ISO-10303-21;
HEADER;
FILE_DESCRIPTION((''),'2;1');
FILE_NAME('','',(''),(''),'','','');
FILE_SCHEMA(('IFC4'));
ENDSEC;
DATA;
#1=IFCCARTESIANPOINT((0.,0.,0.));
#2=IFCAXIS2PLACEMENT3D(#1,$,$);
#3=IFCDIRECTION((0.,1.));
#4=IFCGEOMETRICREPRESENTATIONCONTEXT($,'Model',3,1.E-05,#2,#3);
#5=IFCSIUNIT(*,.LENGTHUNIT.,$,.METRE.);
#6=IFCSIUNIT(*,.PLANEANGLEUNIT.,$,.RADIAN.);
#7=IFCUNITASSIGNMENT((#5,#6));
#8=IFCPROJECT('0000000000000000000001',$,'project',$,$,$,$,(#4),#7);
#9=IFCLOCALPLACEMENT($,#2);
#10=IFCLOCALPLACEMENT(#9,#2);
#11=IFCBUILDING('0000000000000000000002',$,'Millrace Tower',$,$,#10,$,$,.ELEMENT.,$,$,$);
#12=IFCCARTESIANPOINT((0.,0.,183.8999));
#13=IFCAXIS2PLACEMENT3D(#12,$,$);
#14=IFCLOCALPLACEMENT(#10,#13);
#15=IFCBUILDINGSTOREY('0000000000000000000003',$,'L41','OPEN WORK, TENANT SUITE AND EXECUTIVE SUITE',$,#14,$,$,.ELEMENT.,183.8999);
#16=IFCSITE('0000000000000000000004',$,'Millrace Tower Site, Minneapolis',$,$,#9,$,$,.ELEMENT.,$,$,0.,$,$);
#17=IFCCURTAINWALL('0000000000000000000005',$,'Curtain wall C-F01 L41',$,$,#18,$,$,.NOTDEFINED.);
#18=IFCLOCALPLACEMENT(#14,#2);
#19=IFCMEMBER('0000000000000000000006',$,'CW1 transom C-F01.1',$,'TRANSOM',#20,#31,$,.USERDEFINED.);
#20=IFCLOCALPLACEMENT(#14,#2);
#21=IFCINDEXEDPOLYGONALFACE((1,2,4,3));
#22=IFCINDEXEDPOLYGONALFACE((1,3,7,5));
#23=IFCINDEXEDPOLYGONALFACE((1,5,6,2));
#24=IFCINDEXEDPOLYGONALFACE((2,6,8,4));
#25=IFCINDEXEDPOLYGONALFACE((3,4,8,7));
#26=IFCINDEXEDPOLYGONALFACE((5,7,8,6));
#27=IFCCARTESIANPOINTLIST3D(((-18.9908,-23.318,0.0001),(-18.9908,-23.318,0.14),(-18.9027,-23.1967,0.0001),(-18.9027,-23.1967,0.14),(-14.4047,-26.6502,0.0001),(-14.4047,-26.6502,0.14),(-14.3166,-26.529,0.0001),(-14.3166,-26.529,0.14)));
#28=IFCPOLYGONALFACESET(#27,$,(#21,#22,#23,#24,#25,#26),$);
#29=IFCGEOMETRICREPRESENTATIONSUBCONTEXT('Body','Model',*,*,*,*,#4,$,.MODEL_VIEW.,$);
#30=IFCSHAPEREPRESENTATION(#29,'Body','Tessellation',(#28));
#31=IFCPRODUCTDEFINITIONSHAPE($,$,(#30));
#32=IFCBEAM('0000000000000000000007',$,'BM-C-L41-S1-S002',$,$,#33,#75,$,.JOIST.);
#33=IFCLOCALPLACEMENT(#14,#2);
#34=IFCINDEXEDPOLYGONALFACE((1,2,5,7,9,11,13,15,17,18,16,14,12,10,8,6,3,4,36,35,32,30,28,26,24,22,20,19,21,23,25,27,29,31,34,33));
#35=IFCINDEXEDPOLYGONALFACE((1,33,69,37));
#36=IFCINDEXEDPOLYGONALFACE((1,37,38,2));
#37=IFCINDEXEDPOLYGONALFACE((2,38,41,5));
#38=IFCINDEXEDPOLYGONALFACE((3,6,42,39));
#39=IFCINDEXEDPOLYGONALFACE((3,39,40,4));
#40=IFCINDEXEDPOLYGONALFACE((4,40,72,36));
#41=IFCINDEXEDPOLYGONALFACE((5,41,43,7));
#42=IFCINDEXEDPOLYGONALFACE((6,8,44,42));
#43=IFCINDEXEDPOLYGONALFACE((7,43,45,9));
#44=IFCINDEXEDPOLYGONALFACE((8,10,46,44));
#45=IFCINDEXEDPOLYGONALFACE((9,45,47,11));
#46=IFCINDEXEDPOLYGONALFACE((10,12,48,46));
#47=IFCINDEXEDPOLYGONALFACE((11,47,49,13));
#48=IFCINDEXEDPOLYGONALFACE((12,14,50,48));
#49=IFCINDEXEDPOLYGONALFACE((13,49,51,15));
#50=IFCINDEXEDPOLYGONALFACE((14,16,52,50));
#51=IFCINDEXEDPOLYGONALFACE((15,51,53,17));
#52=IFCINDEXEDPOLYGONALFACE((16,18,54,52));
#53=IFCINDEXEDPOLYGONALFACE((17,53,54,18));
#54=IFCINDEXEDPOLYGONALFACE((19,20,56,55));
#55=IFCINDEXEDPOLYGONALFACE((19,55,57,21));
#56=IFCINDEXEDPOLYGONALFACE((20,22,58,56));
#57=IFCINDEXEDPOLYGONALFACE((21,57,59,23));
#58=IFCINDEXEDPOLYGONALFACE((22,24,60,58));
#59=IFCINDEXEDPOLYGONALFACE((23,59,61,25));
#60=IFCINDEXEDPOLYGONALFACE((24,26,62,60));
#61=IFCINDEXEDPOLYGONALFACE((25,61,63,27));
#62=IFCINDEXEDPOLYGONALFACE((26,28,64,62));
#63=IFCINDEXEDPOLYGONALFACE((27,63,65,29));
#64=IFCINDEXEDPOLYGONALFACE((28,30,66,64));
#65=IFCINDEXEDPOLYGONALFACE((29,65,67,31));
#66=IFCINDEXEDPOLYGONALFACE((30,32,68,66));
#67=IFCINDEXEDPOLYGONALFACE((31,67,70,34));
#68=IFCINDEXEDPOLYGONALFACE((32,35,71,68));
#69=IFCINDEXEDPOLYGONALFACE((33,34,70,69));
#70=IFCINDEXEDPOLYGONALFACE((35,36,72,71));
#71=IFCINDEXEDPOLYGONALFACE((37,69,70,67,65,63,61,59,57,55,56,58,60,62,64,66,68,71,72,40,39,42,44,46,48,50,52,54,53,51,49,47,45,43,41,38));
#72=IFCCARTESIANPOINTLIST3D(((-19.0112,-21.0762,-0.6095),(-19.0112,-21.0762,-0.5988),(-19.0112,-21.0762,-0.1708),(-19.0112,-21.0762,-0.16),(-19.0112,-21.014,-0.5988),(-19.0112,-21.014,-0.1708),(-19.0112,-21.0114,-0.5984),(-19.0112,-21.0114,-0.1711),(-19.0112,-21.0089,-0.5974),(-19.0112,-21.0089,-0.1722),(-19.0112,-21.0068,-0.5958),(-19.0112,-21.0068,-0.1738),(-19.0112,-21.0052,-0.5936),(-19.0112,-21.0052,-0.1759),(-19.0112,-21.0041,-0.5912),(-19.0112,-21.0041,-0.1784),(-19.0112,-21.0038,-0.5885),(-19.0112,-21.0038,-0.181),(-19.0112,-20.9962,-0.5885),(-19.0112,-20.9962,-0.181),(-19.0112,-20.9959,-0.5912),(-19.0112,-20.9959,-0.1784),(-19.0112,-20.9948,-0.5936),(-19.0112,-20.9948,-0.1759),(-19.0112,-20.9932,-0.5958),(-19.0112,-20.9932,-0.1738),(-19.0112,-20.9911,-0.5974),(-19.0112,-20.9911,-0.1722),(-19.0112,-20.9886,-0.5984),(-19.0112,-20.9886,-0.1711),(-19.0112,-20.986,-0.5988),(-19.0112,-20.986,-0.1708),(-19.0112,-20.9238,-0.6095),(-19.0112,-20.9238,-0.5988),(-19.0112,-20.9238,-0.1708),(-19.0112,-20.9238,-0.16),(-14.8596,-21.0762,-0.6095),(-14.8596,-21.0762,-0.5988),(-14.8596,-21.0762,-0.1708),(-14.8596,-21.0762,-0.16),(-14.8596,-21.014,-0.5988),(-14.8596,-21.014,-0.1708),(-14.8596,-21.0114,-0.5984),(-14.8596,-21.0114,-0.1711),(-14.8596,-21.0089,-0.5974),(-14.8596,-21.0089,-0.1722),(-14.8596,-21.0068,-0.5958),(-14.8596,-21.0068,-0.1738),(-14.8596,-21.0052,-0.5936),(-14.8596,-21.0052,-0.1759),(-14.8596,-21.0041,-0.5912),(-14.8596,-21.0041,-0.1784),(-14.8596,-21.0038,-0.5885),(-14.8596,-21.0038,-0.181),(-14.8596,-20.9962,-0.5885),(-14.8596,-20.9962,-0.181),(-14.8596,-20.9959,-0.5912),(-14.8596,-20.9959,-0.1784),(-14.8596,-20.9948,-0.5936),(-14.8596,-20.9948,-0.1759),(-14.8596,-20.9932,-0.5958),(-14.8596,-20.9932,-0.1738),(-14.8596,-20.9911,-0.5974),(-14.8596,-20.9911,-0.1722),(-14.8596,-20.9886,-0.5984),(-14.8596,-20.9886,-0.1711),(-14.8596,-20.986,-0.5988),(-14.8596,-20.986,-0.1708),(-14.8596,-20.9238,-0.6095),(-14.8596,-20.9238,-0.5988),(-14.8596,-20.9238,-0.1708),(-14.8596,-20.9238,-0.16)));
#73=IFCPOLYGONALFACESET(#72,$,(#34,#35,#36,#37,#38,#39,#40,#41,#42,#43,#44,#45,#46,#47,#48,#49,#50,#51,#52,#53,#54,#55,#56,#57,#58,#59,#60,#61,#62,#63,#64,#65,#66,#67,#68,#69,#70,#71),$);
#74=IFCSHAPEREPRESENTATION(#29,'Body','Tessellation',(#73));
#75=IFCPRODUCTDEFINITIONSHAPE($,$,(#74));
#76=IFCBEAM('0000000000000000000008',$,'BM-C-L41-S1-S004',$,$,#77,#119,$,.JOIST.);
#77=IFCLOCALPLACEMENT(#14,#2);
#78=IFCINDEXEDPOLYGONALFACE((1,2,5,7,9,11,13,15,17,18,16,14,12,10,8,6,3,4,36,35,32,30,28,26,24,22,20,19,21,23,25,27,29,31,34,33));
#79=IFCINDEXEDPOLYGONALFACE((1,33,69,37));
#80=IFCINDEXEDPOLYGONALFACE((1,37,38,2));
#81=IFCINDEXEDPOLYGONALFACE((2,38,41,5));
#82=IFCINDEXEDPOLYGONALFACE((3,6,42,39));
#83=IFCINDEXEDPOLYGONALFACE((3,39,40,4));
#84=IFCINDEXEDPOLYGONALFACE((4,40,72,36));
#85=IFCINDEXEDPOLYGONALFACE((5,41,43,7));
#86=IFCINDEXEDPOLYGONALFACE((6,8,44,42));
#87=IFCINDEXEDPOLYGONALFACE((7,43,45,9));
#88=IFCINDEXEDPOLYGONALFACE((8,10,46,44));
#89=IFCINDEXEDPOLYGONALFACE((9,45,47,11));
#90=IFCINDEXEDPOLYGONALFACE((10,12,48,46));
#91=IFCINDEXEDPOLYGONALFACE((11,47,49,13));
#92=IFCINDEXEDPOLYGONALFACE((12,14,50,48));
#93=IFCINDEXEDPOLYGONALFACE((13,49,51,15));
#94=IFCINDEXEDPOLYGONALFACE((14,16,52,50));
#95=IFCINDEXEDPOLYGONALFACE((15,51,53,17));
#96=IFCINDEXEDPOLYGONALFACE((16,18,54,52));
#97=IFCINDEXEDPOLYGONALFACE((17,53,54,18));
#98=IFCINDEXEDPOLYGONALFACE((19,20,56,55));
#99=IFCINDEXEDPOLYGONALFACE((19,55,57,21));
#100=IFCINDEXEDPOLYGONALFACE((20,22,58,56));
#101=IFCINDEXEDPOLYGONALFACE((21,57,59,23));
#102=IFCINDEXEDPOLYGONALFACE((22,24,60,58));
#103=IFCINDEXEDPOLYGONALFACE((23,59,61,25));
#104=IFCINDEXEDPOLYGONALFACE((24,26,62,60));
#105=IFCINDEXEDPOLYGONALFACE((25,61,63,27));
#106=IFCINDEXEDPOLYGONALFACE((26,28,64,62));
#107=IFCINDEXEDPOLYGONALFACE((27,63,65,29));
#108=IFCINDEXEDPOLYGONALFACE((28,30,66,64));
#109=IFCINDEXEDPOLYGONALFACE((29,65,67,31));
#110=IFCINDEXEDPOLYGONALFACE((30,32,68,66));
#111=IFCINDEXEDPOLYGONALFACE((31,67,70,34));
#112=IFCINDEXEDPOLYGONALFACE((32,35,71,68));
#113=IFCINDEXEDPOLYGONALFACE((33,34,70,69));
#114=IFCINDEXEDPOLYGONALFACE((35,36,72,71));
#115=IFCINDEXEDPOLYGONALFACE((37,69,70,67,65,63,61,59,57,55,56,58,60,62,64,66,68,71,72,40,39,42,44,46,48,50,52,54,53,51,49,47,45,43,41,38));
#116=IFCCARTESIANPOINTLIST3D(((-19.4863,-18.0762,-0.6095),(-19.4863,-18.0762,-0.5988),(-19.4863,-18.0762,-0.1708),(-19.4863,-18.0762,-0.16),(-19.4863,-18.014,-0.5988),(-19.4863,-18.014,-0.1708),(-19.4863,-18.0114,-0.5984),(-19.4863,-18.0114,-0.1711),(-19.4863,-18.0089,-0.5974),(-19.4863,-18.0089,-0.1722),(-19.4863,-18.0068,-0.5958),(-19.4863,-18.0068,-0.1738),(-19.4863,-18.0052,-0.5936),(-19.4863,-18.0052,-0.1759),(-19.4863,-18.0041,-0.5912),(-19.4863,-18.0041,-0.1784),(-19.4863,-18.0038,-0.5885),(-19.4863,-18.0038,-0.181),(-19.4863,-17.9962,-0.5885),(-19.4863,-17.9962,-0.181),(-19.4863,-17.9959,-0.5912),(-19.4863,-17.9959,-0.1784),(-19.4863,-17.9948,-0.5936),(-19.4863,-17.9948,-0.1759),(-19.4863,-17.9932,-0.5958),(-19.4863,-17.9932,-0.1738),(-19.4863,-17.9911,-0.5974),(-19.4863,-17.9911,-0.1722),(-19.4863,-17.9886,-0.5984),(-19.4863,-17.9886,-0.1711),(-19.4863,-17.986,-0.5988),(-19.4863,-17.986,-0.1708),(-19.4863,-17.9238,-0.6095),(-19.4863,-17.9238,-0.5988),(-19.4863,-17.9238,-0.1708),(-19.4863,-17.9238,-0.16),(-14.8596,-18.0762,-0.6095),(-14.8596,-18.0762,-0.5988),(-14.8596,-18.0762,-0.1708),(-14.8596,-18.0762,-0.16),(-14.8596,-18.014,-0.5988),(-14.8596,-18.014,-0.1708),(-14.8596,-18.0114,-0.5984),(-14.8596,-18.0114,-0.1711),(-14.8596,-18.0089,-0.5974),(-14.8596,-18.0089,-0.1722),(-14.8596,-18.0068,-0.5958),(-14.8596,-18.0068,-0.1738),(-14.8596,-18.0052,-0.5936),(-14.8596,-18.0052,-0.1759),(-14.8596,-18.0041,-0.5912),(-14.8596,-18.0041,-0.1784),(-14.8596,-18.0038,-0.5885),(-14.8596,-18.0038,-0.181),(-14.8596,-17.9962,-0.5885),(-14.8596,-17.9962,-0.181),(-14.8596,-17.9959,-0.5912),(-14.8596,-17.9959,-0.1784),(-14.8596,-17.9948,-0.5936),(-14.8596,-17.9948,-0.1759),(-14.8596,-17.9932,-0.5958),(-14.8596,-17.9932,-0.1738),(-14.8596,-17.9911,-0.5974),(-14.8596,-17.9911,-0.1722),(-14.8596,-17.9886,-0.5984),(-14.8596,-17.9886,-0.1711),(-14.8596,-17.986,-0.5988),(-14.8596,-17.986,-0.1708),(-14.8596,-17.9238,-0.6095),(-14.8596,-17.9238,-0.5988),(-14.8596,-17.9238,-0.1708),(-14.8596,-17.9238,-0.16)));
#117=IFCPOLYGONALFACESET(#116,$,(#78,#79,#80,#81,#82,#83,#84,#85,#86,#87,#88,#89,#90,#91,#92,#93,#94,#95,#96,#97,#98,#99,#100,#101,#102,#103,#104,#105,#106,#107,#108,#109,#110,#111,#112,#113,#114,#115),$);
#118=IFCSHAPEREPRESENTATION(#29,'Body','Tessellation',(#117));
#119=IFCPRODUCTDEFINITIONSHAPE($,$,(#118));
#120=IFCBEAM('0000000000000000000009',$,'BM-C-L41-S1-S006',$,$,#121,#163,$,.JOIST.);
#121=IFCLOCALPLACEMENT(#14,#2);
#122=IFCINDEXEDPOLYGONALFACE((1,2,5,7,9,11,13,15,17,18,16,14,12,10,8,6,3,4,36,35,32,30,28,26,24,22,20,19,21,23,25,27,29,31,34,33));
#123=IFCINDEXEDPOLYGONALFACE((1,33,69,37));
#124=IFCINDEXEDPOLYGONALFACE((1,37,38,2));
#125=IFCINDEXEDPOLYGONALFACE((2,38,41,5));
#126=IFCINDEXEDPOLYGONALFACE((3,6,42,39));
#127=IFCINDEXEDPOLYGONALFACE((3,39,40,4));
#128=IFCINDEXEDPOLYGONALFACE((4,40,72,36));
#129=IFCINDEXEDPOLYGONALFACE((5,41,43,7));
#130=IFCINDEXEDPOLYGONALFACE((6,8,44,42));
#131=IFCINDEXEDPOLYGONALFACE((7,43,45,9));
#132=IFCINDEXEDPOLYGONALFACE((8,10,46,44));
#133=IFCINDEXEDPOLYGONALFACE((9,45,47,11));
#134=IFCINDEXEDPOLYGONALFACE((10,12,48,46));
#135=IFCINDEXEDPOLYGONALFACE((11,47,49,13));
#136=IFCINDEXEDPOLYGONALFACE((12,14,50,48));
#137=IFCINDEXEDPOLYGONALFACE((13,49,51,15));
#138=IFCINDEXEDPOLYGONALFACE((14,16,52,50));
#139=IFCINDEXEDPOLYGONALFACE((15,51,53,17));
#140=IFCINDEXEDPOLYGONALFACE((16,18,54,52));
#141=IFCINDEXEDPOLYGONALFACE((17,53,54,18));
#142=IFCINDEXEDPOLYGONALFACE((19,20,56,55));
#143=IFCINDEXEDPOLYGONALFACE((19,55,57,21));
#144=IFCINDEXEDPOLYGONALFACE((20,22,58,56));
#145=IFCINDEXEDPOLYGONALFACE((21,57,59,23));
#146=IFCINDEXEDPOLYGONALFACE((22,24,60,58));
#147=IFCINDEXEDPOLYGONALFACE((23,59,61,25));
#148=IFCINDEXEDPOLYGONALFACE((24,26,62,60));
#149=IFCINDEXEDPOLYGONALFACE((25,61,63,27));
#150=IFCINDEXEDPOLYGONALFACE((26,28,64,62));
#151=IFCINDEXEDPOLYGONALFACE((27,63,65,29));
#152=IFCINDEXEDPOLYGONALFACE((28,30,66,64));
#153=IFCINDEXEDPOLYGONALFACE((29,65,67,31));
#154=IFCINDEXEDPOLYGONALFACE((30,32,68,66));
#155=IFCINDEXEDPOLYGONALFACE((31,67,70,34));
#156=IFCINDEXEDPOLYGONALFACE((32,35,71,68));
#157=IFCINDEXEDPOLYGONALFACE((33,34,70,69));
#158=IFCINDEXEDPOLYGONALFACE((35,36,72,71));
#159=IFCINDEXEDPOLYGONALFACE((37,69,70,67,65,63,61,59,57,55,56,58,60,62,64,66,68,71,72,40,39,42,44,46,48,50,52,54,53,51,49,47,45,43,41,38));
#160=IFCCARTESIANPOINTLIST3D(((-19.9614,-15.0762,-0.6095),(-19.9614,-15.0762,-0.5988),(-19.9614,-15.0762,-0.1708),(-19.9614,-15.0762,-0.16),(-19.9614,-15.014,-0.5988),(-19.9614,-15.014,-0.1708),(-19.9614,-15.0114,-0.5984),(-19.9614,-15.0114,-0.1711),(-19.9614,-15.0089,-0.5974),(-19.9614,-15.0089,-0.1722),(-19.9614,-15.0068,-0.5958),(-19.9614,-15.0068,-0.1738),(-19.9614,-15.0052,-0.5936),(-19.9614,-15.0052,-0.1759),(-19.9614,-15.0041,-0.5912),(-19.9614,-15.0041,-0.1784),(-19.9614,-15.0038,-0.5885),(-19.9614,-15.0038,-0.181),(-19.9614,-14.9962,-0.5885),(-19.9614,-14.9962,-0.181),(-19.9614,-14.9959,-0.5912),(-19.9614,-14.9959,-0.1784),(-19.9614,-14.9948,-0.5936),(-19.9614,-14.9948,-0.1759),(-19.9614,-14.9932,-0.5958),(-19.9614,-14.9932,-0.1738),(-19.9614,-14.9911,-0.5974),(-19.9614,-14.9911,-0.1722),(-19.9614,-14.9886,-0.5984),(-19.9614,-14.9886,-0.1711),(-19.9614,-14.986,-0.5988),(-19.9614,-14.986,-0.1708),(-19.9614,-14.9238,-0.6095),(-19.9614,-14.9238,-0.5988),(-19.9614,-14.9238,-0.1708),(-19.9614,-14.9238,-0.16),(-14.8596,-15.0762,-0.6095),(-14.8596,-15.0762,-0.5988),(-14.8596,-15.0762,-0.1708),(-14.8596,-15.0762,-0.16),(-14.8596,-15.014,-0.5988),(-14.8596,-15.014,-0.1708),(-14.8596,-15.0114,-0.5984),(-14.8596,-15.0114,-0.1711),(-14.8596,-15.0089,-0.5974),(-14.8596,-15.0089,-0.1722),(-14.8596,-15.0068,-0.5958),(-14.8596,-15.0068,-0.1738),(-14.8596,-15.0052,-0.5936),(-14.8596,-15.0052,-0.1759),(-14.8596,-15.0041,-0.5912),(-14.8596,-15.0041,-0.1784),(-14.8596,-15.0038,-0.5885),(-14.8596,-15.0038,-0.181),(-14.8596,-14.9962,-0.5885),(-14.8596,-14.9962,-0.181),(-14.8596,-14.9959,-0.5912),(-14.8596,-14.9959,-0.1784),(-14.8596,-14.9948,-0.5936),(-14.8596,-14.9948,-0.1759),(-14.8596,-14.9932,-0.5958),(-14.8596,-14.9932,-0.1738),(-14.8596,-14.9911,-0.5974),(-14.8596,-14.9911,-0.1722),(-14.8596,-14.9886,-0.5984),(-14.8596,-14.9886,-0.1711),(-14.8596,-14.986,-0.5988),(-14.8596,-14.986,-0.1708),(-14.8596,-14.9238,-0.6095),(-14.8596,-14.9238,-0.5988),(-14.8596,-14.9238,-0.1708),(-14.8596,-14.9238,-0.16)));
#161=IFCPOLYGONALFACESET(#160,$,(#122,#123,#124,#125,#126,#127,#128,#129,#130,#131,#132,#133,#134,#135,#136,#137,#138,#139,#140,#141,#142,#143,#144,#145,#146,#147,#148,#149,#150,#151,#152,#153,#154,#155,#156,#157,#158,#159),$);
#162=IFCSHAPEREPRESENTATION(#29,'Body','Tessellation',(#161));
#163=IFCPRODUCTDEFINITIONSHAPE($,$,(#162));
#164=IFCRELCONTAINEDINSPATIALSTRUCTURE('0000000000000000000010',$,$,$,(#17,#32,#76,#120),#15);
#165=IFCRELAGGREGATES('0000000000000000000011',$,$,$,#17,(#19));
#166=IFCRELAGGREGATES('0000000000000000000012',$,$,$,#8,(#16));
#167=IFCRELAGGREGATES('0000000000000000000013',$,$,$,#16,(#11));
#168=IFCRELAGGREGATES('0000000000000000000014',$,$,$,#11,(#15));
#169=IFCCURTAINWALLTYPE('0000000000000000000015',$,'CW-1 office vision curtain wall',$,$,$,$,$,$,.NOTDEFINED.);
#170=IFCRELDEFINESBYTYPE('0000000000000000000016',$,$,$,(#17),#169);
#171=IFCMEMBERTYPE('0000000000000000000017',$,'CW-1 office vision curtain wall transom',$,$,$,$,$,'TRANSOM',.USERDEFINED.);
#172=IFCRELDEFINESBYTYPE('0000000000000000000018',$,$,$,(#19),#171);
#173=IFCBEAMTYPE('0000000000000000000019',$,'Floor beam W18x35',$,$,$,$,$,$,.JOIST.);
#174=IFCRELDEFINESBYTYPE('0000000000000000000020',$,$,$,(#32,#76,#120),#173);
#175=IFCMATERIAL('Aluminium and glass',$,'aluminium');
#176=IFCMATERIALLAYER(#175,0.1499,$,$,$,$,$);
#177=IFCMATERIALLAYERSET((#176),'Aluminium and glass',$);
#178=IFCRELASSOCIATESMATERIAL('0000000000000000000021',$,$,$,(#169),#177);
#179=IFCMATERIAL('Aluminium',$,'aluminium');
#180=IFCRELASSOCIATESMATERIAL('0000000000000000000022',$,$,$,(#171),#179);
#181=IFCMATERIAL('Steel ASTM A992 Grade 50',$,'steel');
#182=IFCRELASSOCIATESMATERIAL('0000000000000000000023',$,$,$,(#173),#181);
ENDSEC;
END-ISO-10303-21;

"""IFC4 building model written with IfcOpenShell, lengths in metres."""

from ifc_helpers import new_model, si_unit, direction, frame, origin, origin_2d, place, context, subcontext, project, spatial, rectangle, i_section, extrude, material, layer, layer_set, material_profile, profile_set, type_object, element, aggregate, save


model = new_model("IFC4")

# Units and contexts
model_context = context("Model", 3, precision=1e-05, world=origin(), true_north=direction((0.0, 1.0)))
body_context = subcontext(model_context, "Body", "Model", "MODEL_VIEW")
ifc_project = project(units=[si_unit("LENGTHUNIT", "METRE"), si_unit("PLANEANGLEUNIT", "RADIAN")], contexts=[model_context])

# Site, building, storey
site_placement = place(None, origin())
site = spatial("IfcSite", under=ifc_project, at=site_placement, Name="Millrace Tower Site, Minneapolis", CompositionType="ELEMENT", RefElevation=0.0)
building_placement = place(site_placement, origin())
building = spatial("IfcBuilding", under=site, at=building_placement, Name="Millrace Tower", CompositionType="ELEMENT")
storey_placement = place(building_placement, frame((0.0, 0.0, 183.8999)))
storey = spatial("IfcBuildingStorey", under=building, at=storey_placement, Name="L41", Description="OPEN WORK, TENANT SUITE AND EXECUTIVE SUITE", CompositionType="ELEMENT", Elevation=183.8999)

# Curtain wall
ifc_material_1 = material(Name="Aluminium and glass", Category="aluminium")
ifc_layer_1 = layer(ifc_material_1, 0.1499)
ifc_layer_set_1 = layer_set([ifc_layer_1], Name="Aluminium and glass")
curtain_wall_type = type_object("IfcCurtainWallType", Name="CW-1 office vision curtain wall", PredefinedType="NOTDEFINED", material=ifc_layer_set_1)
placement = place(storey_placement, origin())
curtain_wall_1 = element("IfcCurtainWall", 1, at=placement, inside=storey, type_object=curtain_wall_type, Name="Curtain wall C-F01 L41", PredefinedType="NOTDEFINED")

# Member
ifc_material_2 = material(Name="Aluminium", Category="aluminium")
ifc_material_profile_1 = material_profile(ifc_material_2, rectangle(XDim=0.1499, YDim=0.1399, at=origin_2d()))
ifc_profile_set_1 = profile_set([ifc_material_profile_1], Name="Aluminium")
member_type_1 = type_object("IfcMemberType", Name="CW-1 office vision curtain wall transom", ElementType="TRANSOM", PredefinedType="USERDEFINED", material=ifc_profile_set_1)
member_1_placement = place(storey_placement, frame((-18.9468, -23.2573, 0.0701), z_axis=(0.808999, -0.587811, 0.0), x_axis=(0.587811, 0.808999, 0.0)))
member_1 = element("IfcMember", 2, at=member_1_placement, type_object=member_type_1, Name="CW1 transom C-F01.1", ObjectType="TRANSOM", PredefinedType="USERDEFINED", context=body_context, shape_type="SweptSolid", body=[
    extrude(rectangle(XDim=0.1499, YDim=0.1399, at=origin_2d()), origin(), (0.0, 0.0, 1.0), 5.6689),
])
aggregate(curtain_wall_1, [member_1])

# Beams
ifc_material_3 = material(Name="Steel ASTM A992 Grade 50", Category="steel")
ifc_material_profile_2 = material_profile(ifc_material_3, i_section(OverallWidth=0.1523, OverallDepth=0.4495, WebThickness=0.0076, FlangeThickness=0.0107, FilletRadius=0.0103, at=origin_2d()))
ifc_profile_set_2 = profile_set([ifc_material_profile_2], Name="Steel ASTM A992 Grade 50")
beam_type_1 = type_object("IfcBeamType", Name="Floor beam W18x35", PredefinedType="JOIST", material=ifc_profile_set_2)
beam_1_placement = place(storey_placement, frame((-19.0112, -21.0, -0.3848), z_axis=(1.0, 0.0, 0.0), x_axis=(0.0, 1.0, 0.0)))
element("IfcBeam", 3, at=beam_1_placement, inside=storey, type_object=beam_type_1, Name="BM-C-L41-S1-S002", PredefinedType="JOIST", context=body_context, shape_type="SweptSolid", body=[
    extrude(i_section(OverallWidth=0.1523, OverallDepth=0.4495, WebThickness=0.0076, FlangeThickness=0.0107, FilletRadius=0.0103, at=origin_2d()), origin(), (0.0, 0.0, 1.0), 4.1516),
])
beam_2_placement = place(storey_placement, frame((-19.4863, -18.0, -0.3848), z_axis=(1.0, 0.0, 0.0), x_axis=(0.0, 1.0, 0.0)))
element("IfcBeam", 4, at=beam_2_placement, inside=storey, type_object=beam_type_1, Name="BM-C-L41-S1-S004", PredefinedType="JOIST", context=body_context, shape_type="SweptSolid", body=[
    extrude(i_section(OverallWidth=0.1523, OverallDepth=0.4495, WebThickness=0.0076, FlangeThickness=0.0107, FilletRadius=0.0103, at=origin_2d()), origin(), (0.0, 0.0, 1.0), 4.6267),
])
beam_3_placement = place(storey_placement, frame((-19.9614, -15.0, -0.3848), z_axis=(1.0, 0.0, 0.0), x_axis=(0.0, 1.0, 0.0)))
element("IfcBeam", 5, at=beam_3_placement, inside=storey, type_object=beam_type_1, Name="BM-C-L41-S1-S006", PredefinedType="JOIST", context=body_context, shape_type="SweptSolid", body=[
    extrude(i_section(OverallWidth=0.1523, OverallDepth=0.4495, WebThickness=0.0076, FlangeThickness=0.0107, FilletRadius=0.0103, at=origin_2d()), origin(), (0.0, 0.0, 1.0), 5.1018),
])

save(model, "model.ifc")
